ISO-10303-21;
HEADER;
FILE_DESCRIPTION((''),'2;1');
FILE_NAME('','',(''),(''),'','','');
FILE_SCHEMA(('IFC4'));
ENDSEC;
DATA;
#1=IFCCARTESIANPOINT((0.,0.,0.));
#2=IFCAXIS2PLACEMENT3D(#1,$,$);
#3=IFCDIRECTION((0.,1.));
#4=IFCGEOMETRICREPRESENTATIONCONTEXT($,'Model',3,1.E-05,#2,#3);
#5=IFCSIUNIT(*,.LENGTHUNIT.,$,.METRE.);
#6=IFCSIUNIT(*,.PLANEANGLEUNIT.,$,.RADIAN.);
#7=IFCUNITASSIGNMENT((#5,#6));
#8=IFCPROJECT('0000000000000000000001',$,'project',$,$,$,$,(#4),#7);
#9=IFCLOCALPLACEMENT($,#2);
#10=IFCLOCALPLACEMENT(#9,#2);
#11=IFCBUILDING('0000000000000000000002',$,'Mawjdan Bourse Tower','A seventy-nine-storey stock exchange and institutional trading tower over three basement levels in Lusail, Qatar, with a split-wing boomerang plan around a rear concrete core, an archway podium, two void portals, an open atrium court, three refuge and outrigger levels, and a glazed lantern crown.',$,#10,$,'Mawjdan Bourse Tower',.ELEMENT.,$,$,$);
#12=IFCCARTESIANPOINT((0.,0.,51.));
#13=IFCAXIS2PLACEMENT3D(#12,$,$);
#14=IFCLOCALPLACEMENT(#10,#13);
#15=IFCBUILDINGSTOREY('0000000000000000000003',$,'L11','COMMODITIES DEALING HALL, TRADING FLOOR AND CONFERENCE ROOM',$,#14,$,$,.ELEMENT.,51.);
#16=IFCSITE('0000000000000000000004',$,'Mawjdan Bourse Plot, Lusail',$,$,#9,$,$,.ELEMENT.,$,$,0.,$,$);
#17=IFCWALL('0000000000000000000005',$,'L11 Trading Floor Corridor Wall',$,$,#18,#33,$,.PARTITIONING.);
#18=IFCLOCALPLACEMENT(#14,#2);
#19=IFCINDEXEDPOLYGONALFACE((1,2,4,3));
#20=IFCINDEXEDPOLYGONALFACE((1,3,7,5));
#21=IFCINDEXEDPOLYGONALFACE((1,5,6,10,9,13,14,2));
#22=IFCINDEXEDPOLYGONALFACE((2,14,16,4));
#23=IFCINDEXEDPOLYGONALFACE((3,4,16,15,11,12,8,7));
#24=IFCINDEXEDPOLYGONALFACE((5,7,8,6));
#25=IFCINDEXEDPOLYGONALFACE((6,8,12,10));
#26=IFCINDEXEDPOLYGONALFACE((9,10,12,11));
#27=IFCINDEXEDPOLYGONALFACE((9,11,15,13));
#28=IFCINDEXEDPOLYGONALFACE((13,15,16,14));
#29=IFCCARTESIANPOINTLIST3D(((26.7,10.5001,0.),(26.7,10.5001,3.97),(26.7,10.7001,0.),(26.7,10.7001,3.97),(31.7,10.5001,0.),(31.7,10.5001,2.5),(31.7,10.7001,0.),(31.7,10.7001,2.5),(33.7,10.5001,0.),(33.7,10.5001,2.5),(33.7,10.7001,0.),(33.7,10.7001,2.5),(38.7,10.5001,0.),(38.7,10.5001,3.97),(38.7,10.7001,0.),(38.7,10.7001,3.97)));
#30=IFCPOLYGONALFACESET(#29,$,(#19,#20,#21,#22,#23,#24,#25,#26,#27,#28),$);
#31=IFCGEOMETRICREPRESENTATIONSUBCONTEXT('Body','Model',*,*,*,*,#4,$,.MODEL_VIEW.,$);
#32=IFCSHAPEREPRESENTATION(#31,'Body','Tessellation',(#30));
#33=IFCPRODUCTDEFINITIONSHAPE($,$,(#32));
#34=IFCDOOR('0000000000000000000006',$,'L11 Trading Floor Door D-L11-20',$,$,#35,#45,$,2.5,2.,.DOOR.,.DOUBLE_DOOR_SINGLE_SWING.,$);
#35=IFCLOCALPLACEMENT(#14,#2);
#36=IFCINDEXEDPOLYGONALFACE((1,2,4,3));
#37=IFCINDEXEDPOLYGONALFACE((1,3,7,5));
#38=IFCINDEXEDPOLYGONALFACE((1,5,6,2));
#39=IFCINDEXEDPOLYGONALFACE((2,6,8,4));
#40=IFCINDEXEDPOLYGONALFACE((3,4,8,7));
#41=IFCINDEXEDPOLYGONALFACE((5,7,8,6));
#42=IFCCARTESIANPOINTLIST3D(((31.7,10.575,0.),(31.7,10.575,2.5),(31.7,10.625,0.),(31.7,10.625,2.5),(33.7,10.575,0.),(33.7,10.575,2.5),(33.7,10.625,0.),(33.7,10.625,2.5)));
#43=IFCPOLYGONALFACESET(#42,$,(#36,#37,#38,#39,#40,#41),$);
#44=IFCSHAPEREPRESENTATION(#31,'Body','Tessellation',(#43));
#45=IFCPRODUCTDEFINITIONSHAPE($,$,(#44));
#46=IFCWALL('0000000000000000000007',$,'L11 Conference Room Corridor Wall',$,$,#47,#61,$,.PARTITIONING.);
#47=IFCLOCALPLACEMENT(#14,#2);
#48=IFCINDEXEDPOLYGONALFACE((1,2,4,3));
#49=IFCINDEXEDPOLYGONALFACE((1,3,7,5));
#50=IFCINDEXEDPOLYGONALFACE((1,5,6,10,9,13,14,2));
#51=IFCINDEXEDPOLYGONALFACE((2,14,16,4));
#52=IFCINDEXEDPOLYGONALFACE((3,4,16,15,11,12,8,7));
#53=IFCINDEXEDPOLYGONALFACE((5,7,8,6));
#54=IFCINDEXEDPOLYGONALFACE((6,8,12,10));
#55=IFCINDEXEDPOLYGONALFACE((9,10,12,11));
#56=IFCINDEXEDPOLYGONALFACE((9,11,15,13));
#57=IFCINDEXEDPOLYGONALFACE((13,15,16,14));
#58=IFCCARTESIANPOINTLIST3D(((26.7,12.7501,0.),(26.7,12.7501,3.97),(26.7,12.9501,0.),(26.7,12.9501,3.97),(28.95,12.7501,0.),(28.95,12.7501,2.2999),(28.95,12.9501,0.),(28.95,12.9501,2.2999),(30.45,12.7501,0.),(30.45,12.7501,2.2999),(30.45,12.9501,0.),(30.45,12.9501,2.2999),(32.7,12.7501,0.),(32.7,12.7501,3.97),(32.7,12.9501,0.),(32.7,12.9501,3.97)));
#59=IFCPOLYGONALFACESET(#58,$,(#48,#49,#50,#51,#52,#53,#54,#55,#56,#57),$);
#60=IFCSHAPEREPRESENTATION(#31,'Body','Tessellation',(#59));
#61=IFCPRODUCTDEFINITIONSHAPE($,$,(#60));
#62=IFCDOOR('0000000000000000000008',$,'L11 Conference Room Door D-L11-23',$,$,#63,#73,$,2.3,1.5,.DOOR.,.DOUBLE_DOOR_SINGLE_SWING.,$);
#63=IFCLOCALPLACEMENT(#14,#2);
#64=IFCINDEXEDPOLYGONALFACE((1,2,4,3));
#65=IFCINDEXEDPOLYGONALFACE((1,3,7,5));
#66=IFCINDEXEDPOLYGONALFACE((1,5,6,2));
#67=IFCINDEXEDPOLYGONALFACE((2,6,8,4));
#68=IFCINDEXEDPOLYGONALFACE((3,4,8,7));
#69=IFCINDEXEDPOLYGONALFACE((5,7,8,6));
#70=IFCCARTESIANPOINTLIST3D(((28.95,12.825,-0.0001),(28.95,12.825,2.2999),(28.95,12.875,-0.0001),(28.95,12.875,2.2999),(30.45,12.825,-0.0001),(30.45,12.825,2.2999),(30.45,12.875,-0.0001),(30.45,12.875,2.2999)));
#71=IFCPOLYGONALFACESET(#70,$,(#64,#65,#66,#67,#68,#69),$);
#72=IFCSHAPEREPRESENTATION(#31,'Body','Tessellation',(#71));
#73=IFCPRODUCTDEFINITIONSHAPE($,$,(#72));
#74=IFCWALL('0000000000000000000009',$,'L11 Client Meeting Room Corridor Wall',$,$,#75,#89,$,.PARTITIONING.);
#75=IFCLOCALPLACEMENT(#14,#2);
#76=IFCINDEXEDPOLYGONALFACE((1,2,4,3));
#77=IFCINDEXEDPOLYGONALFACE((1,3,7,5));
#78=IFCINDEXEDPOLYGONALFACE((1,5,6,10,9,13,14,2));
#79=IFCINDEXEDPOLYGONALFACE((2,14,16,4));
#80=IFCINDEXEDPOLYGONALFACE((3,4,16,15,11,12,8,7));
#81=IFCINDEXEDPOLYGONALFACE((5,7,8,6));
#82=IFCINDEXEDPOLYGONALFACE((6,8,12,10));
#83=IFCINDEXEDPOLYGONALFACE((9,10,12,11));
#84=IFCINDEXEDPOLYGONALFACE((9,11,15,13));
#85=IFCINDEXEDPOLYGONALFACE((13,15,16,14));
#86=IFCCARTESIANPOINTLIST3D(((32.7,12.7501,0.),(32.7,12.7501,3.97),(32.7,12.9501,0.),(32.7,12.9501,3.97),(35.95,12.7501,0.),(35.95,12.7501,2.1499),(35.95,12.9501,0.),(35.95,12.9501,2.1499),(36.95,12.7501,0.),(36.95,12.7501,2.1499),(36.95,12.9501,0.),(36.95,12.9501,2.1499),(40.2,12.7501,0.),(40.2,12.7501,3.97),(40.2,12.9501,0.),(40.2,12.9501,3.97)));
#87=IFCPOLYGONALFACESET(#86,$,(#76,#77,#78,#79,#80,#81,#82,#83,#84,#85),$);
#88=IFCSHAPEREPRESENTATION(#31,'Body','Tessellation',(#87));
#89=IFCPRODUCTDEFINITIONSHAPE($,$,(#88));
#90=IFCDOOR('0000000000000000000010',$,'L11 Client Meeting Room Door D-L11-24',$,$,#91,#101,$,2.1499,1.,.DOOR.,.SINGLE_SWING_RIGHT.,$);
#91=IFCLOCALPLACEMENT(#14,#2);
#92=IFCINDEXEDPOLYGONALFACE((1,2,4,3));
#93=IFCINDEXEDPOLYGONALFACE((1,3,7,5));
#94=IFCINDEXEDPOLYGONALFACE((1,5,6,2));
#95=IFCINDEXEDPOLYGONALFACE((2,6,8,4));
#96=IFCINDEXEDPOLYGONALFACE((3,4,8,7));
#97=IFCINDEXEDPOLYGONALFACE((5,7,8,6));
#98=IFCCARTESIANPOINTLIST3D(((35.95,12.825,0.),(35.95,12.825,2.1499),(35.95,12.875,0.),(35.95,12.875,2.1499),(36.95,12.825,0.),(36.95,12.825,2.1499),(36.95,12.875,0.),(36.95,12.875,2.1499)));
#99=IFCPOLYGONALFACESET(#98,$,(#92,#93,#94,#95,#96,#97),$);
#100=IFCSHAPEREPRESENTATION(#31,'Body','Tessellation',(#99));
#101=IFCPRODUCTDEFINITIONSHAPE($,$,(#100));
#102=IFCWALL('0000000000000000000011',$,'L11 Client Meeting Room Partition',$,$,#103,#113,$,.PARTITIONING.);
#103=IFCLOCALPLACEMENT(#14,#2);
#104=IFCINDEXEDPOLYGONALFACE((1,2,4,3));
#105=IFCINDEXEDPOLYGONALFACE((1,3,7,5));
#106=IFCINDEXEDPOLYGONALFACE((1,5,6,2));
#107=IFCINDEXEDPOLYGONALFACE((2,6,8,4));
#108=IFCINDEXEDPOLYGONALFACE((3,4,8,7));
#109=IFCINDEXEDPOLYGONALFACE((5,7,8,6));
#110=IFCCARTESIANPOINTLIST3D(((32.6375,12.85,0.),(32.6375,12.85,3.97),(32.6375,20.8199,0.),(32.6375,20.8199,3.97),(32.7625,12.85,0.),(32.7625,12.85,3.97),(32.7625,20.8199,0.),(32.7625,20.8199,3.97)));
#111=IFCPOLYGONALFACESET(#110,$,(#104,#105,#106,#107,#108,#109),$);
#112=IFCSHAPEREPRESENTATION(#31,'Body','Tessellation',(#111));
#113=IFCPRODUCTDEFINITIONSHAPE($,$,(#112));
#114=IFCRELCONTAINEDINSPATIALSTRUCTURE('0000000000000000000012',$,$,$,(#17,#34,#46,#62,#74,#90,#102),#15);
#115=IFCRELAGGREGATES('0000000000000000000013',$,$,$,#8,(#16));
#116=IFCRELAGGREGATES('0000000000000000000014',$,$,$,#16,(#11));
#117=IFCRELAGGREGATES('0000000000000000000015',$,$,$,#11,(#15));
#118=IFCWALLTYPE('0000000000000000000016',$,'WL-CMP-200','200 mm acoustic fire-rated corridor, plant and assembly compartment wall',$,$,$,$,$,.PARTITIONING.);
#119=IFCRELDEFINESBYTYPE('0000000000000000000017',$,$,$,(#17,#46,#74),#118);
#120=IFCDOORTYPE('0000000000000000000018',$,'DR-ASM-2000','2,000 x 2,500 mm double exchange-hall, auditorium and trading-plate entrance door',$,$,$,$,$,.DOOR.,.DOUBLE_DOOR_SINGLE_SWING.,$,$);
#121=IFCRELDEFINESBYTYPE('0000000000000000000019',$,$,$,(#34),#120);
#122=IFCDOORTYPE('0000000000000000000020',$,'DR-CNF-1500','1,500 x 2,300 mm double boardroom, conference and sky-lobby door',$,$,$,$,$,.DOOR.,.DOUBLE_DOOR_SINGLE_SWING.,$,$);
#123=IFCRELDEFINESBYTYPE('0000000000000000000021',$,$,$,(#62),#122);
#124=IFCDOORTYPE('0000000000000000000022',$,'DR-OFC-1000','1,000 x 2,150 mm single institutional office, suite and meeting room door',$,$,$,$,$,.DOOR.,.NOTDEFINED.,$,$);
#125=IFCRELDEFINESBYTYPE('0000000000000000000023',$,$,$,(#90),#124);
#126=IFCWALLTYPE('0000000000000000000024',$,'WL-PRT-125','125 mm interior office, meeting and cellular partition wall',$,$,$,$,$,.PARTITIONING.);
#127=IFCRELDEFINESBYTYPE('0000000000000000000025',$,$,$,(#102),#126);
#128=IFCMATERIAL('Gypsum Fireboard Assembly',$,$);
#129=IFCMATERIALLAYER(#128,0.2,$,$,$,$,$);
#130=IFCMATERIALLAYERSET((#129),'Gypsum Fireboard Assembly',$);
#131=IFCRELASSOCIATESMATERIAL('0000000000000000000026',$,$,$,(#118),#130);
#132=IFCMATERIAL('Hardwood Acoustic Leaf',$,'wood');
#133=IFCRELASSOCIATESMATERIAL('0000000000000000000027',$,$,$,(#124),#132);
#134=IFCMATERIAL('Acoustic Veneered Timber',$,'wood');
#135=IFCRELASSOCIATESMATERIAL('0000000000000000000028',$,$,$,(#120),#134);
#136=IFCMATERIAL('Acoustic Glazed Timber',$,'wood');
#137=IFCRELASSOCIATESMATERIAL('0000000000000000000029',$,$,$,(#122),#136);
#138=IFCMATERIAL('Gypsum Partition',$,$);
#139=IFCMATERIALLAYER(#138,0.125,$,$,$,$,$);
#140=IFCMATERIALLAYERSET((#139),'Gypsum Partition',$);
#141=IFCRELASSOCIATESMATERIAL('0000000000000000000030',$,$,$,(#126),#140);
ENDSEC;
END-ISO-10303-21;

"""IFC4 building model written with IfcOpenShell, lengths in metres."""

from ifc_helpers import new_model, si_unit, direction, frame, frame_2d, origin, place, context, subcontext, project, spatial, rectangle, extrude, material, layer, layer_set, type_object, element, fill, save


model = new_model("IFC4")

# Units and contexts
model_context = context("Model", 3, precision=1e-05, world=origin(), true_north=direction((0.0, 1.0)))
body_context = subcontext(model_context, "Body", "Model", "MODEL_VIEW")
ifc_project = project(units=[si_unit("LENGTHUNIT", "METRE"), si_unit("PLANEANGLEUNIT", "RADIAN")], contexts=[model_context])

# Site, building, storey
site_placement = place(None, origin())
site = spatial("IfcSite", under=ifc_project, at=site_placement, Name="Mawjdan Bourse Plot, Lusail", CompositionType="ELEMENT", RefElevation=0.0)
building_placement = place(site_placement, origin())
building = spatial("IfcBuilding", under=site, at=building_placement, Name="Mawjdan Bourse Tower", Description="A seventy-nine-storey stock exchange and institutional trading tower over three basement levels in Lusail, Qatar, with a split-wing boomerang plan around a rear concrete core, an archway podium, two void portals, an open atrium court, three refuge and outrigger levels, and a glazed lantern crown.", LongName="Mawjdan Bourse Tower", CompositionType="ELEMENT")
storey_placement = place(building_placement, frame((0.0, 0.0, 51.0)))
storey = spatial("IfcBuildingStorey", under=building, at=storey_placement, Name="L11", Description="COMMODITIES DEALING HALL, TRADING FLOOR AND CONFERENCE ROOM", CompositionType="ELEMENT", Elevation=51.0)

# Shared definitions
ifc_material_1 = material(Name="Gypsum Fireboard Assembly")
ifc_layer_1 = layer(ifc_material_1, 0.2)
ifc_layer_set_1 = layer_set([ifc_layer_1], Name="Gypsum Fireboard Assembly")
wall_type_1 = type_object("IfcWallType", Name="WL-CMP-200", Description="200 mm acoustic fire-rated corridor, plant and assembly compartment wall", PredefinedType="PARTITIONING", material=ifc_layer_set_1)

# Shared definitions
ifc_material_2 = material(Name="Hardwood Acoustic Leaf", Category="wood")
door_type_1 = type_object("IfcDoorType", Name="DR-OFC-1000", Description="1,000 x 2,150 mm single institutional office, suite and meeting room door", OperationType="NOTDEFINED", PredefinedType="DOOR", material=ifc_material_2)

# Walls, openings, doors
wall_1_placement = place(storey_placement, frame((26.7, 10.6001, 0.0), z_axis=(0.0, 0.0, 1.0), x_axis=(1.0, 0.0, 0.0)))
wall_1 = element("IfcWall", 1, at=wall_1_placement, inside=storey, type_object=wall_type_1, Name="L11 Trading Floor Corridor Wall", PredefinedType="PARTITIONING", context=body_context, shape_type="SweptSolid", body=[
    extrude(rectangle(XDim=12.0, YDim=0.2, at=frame_2d((6.0, 0.0))), origin(), (0.0, 0.0, 1.0), 3.97),
])
opening_1_placement = place(wall_1_placement, frame((5.0, 0.0, 0.0)))
opening_1 = element("IfcOpeningElement", 2, at=opening_1_placement, cuts=wall_1, PredefinedType="OPENING", context=body_context, shape_type="SweptSolid", body=[
    extrude(rectangle(XDim=2.0, YDim=2.5, at=frame_2d((1.0, 1.25))), frame((0.0, 0.1099, 0.0), z_axis=(0.0, -1.0, 0.0), x_axis=(1.0, 0.0, 0.0)), (0.0, 0.0, 1.0), 0.22),
])
ifc_material_3 = material(Name="Acoustic Veneered Timber", Category="wood")
door_type_2 = type_object("IfcDoorType", Name="DR-ASM-2000", Description="2,000 x 2,500 mm double exchange-hall, auditorium and trading-plate entrance door", OperationType="DOUBLE_DOOR_SINGLE_SWING", PredefinedType="DOOR", material=ifc_material_3)
door_1_placement = place(opening_1_placement, origin())
door_1 = element("IfcDoor", 3, at=door_1_placement, inside=storey, type_object=door_type_2, Name="L11 Trading Floor Door D-L11-20", OperationType="DOUBLE_DOOR_SINGLE_SWING", OverallHeight=2.5, OverallWidth=2.0, PredefinedType="DOOR", context=body_context, shape_type="SweptSolid", body=[
    extrude(rectangle(XDim=2.0, YDim=2.5, at=frame_2d((1.0, 1.25))), frame((0.0, 0.0249, 0.0), z_axis=(0.0, -1.0, 0.0), x_axis=(1.0, 0.0, 0.0)), (0.0, 0.0, 1.0), 0.05),
])
fill(opening_1, door_1)
wall_2_placement = place(storey_placement, frame((26.7, 12.8501, 0.0), z_axis=(0.0, 0.0, 1.0), x_axis=(1.0, 0.0, 0.0)))
wall_2 = element("IfcWall", 4, at=wall_2_placement, inside=storey, type_object=wall_type_1, Name="L11 Conference Room Corridor Wall", PredefinedType="PARTITIONING", context=body_context, shape_type="SweptSolid", body=[
    extrude(rectangle(XDim=6.0, YDim=0.2, at=frame_2d((3.0, 0.0))), origin(), (0.0, 0.0, 1.0), 3.97),
])
opening_2_placement = place(wall_2_placement, frame((2.25, 0.0, 0.0)))
opening_2 = element("IfcOpeningElement", 5, at=opening_2_placement, cuts=wall_2, PredefinedType="OPENING", context=body_context, shape_type="SweptSolid", body=[
    extrude(rectangle(XDim=1.5, YDim=2.3, at=frame_2d((0.75, 1.1499))), frame((0.0, 0.1099, 0.0), z_axis=(0.0, -1.0, 0.0), x_axis=(1.0, 0.0, 0.0)), (0.0, 0.0, 1.0), 0.22),
])
ifc_material_4 = material(Name="Acoustic Glazed Timber", Category="wood")
door_type_3 = type_object("IfcDoorType", Name="DR-CNF-1500", Description="1,500 x 2,300 mm double boardroom, conference and sky-lobby door", OperationType="DOUBLE_DOOR_SINGLE_SWING", PredefinedType="DOOR", material=ifc_material_4)
door_2_placement = place(opening_2_placement, origin())
door_2 = element("IfcDoor", 6, at=door_2_placement, inside=storey, type_object=door_type_3, Name="L11 Conference Room Door D-L11-23", OperationType="DOUBLE_DOOR_SINGLE_SWING", OverallHeight=2.3, OverallWidth=1.5, PredefinedType="DOOR", context=body_context, shape_type="SweptSolid", body=[
    extrude(rectangle(XDim=1.5, YDim=2.3, at=frame_2d((0.75, 1.1499))), frame((0.0, 0.0249, 0.0), z_axis=(0.0, -1.0, 0.0), x_axis=(1.0, 0.0, 0.0)), (0.0, 0.0, 1.0), 0.05),
])
fill(opening_2, door_2)
wall_3_placement = place(storey_placement, frame((32.7, 12.8501, 0.0), z_axis=(0.0, 0.0, 1.0), x_axis=(1.0, 0.0, 0.0)))
wall_3 = element("IfcWall", 7, at=wall_3_placement, inside=storey, type_object=wall_type_1, Name="L11 Client Meeting Room Corridor Wall", PredefinedType="PARTITIONING", context=body_context, shape_type="SweptSolid", body=[
    extrude(rectangle(XDim=7.5, YDim=0.2, at=frame_2d((3.75, 0.0))), origin(), (0.0, 0.0, 1.0), 3.97),
])
opening_3_placement = place(wall_3_placement, frame((3.25, 0.0, 0.0)))
opening_3 = element("IfcOpeningElement", 8, at=opening_3_placement, cuts=wall_3, PredefinedType="OPENING", context=body_context, shape_type="SweptSolid", body=[
    extrude(rectangle(XDim=1.0, YDim=2.1499, at=frame_2d((0.5, 1.075))), frame((0.0, 0.1099, 0.0), z_axis=(0.0, -1.0, 0.0), x_axis=(1.0, 0.0, 0.0)), (0.0, 0.0, 1.0), 0.22),
])
door_3_placement = place(opening_3_placement, origin())
door_3 = element("IfcDoor", 9, at=door_3_placement, inside=storey, type_object=door_type_1, Name="L11 Client Meeting Room Door D-L11-24", OperationType="SINGLE_SWING_RIGHT", OverallHeight=2.1499, OverallWidth=1.0, PredefinedType="DOOR", context=body_context, shape_type="SweptSolid", body=[
    extrude(rectangle(XDim=1.0, YDim=2.1499, at=frame_2d((0.5, 1.075))), frame((0.0, 0.0249, 0.0), z_axis=(0.0, -1.0, 0.0), x_axis=(1.0, 0.0, 0.0)), (0.0, 0.0, 1.0), 0.05),
])
fill(opening_3, door_3)

# Wall
ifc_material_5 = material(Name="Gypsum Partition")
ifc_layer_2 = layer(ifc_material_5, 0.125)
ifc_layer_set_2 = layer_set([ifc_layer_2], Name="Gypsum Partition")
wall_type_2 = type_object("IfcWallType", Name="WL-PRT-125", Description="125 mm interior office, meeting and cellular partition wall", PredefinedType="PARTITIONING", material=ifc_layer_set_2)
wall_4_placement = place(storey_placement, frame((32.7, 12.8501, 0.0), z_axis=(0.0, 0.0, 1.0), x_axis=(0.0, 1.0, 0.0)))
element("IfcWall", 10, at=wall_4_placement, inside=storey, type_object=wall_type_2, Name="L11 Client Meeting Room Partition", PredefinedType="PARTITIONING", context=body_context, shape_type="SweptSolid", body=[
    extrude(rectangle(XDim=7.97, YDim=0.125, at=frame_2d((3.9849, 0.0))), origin(), (0.0, 0.0, 1.0), 3.97),
])

save(model, "model.ifc")
